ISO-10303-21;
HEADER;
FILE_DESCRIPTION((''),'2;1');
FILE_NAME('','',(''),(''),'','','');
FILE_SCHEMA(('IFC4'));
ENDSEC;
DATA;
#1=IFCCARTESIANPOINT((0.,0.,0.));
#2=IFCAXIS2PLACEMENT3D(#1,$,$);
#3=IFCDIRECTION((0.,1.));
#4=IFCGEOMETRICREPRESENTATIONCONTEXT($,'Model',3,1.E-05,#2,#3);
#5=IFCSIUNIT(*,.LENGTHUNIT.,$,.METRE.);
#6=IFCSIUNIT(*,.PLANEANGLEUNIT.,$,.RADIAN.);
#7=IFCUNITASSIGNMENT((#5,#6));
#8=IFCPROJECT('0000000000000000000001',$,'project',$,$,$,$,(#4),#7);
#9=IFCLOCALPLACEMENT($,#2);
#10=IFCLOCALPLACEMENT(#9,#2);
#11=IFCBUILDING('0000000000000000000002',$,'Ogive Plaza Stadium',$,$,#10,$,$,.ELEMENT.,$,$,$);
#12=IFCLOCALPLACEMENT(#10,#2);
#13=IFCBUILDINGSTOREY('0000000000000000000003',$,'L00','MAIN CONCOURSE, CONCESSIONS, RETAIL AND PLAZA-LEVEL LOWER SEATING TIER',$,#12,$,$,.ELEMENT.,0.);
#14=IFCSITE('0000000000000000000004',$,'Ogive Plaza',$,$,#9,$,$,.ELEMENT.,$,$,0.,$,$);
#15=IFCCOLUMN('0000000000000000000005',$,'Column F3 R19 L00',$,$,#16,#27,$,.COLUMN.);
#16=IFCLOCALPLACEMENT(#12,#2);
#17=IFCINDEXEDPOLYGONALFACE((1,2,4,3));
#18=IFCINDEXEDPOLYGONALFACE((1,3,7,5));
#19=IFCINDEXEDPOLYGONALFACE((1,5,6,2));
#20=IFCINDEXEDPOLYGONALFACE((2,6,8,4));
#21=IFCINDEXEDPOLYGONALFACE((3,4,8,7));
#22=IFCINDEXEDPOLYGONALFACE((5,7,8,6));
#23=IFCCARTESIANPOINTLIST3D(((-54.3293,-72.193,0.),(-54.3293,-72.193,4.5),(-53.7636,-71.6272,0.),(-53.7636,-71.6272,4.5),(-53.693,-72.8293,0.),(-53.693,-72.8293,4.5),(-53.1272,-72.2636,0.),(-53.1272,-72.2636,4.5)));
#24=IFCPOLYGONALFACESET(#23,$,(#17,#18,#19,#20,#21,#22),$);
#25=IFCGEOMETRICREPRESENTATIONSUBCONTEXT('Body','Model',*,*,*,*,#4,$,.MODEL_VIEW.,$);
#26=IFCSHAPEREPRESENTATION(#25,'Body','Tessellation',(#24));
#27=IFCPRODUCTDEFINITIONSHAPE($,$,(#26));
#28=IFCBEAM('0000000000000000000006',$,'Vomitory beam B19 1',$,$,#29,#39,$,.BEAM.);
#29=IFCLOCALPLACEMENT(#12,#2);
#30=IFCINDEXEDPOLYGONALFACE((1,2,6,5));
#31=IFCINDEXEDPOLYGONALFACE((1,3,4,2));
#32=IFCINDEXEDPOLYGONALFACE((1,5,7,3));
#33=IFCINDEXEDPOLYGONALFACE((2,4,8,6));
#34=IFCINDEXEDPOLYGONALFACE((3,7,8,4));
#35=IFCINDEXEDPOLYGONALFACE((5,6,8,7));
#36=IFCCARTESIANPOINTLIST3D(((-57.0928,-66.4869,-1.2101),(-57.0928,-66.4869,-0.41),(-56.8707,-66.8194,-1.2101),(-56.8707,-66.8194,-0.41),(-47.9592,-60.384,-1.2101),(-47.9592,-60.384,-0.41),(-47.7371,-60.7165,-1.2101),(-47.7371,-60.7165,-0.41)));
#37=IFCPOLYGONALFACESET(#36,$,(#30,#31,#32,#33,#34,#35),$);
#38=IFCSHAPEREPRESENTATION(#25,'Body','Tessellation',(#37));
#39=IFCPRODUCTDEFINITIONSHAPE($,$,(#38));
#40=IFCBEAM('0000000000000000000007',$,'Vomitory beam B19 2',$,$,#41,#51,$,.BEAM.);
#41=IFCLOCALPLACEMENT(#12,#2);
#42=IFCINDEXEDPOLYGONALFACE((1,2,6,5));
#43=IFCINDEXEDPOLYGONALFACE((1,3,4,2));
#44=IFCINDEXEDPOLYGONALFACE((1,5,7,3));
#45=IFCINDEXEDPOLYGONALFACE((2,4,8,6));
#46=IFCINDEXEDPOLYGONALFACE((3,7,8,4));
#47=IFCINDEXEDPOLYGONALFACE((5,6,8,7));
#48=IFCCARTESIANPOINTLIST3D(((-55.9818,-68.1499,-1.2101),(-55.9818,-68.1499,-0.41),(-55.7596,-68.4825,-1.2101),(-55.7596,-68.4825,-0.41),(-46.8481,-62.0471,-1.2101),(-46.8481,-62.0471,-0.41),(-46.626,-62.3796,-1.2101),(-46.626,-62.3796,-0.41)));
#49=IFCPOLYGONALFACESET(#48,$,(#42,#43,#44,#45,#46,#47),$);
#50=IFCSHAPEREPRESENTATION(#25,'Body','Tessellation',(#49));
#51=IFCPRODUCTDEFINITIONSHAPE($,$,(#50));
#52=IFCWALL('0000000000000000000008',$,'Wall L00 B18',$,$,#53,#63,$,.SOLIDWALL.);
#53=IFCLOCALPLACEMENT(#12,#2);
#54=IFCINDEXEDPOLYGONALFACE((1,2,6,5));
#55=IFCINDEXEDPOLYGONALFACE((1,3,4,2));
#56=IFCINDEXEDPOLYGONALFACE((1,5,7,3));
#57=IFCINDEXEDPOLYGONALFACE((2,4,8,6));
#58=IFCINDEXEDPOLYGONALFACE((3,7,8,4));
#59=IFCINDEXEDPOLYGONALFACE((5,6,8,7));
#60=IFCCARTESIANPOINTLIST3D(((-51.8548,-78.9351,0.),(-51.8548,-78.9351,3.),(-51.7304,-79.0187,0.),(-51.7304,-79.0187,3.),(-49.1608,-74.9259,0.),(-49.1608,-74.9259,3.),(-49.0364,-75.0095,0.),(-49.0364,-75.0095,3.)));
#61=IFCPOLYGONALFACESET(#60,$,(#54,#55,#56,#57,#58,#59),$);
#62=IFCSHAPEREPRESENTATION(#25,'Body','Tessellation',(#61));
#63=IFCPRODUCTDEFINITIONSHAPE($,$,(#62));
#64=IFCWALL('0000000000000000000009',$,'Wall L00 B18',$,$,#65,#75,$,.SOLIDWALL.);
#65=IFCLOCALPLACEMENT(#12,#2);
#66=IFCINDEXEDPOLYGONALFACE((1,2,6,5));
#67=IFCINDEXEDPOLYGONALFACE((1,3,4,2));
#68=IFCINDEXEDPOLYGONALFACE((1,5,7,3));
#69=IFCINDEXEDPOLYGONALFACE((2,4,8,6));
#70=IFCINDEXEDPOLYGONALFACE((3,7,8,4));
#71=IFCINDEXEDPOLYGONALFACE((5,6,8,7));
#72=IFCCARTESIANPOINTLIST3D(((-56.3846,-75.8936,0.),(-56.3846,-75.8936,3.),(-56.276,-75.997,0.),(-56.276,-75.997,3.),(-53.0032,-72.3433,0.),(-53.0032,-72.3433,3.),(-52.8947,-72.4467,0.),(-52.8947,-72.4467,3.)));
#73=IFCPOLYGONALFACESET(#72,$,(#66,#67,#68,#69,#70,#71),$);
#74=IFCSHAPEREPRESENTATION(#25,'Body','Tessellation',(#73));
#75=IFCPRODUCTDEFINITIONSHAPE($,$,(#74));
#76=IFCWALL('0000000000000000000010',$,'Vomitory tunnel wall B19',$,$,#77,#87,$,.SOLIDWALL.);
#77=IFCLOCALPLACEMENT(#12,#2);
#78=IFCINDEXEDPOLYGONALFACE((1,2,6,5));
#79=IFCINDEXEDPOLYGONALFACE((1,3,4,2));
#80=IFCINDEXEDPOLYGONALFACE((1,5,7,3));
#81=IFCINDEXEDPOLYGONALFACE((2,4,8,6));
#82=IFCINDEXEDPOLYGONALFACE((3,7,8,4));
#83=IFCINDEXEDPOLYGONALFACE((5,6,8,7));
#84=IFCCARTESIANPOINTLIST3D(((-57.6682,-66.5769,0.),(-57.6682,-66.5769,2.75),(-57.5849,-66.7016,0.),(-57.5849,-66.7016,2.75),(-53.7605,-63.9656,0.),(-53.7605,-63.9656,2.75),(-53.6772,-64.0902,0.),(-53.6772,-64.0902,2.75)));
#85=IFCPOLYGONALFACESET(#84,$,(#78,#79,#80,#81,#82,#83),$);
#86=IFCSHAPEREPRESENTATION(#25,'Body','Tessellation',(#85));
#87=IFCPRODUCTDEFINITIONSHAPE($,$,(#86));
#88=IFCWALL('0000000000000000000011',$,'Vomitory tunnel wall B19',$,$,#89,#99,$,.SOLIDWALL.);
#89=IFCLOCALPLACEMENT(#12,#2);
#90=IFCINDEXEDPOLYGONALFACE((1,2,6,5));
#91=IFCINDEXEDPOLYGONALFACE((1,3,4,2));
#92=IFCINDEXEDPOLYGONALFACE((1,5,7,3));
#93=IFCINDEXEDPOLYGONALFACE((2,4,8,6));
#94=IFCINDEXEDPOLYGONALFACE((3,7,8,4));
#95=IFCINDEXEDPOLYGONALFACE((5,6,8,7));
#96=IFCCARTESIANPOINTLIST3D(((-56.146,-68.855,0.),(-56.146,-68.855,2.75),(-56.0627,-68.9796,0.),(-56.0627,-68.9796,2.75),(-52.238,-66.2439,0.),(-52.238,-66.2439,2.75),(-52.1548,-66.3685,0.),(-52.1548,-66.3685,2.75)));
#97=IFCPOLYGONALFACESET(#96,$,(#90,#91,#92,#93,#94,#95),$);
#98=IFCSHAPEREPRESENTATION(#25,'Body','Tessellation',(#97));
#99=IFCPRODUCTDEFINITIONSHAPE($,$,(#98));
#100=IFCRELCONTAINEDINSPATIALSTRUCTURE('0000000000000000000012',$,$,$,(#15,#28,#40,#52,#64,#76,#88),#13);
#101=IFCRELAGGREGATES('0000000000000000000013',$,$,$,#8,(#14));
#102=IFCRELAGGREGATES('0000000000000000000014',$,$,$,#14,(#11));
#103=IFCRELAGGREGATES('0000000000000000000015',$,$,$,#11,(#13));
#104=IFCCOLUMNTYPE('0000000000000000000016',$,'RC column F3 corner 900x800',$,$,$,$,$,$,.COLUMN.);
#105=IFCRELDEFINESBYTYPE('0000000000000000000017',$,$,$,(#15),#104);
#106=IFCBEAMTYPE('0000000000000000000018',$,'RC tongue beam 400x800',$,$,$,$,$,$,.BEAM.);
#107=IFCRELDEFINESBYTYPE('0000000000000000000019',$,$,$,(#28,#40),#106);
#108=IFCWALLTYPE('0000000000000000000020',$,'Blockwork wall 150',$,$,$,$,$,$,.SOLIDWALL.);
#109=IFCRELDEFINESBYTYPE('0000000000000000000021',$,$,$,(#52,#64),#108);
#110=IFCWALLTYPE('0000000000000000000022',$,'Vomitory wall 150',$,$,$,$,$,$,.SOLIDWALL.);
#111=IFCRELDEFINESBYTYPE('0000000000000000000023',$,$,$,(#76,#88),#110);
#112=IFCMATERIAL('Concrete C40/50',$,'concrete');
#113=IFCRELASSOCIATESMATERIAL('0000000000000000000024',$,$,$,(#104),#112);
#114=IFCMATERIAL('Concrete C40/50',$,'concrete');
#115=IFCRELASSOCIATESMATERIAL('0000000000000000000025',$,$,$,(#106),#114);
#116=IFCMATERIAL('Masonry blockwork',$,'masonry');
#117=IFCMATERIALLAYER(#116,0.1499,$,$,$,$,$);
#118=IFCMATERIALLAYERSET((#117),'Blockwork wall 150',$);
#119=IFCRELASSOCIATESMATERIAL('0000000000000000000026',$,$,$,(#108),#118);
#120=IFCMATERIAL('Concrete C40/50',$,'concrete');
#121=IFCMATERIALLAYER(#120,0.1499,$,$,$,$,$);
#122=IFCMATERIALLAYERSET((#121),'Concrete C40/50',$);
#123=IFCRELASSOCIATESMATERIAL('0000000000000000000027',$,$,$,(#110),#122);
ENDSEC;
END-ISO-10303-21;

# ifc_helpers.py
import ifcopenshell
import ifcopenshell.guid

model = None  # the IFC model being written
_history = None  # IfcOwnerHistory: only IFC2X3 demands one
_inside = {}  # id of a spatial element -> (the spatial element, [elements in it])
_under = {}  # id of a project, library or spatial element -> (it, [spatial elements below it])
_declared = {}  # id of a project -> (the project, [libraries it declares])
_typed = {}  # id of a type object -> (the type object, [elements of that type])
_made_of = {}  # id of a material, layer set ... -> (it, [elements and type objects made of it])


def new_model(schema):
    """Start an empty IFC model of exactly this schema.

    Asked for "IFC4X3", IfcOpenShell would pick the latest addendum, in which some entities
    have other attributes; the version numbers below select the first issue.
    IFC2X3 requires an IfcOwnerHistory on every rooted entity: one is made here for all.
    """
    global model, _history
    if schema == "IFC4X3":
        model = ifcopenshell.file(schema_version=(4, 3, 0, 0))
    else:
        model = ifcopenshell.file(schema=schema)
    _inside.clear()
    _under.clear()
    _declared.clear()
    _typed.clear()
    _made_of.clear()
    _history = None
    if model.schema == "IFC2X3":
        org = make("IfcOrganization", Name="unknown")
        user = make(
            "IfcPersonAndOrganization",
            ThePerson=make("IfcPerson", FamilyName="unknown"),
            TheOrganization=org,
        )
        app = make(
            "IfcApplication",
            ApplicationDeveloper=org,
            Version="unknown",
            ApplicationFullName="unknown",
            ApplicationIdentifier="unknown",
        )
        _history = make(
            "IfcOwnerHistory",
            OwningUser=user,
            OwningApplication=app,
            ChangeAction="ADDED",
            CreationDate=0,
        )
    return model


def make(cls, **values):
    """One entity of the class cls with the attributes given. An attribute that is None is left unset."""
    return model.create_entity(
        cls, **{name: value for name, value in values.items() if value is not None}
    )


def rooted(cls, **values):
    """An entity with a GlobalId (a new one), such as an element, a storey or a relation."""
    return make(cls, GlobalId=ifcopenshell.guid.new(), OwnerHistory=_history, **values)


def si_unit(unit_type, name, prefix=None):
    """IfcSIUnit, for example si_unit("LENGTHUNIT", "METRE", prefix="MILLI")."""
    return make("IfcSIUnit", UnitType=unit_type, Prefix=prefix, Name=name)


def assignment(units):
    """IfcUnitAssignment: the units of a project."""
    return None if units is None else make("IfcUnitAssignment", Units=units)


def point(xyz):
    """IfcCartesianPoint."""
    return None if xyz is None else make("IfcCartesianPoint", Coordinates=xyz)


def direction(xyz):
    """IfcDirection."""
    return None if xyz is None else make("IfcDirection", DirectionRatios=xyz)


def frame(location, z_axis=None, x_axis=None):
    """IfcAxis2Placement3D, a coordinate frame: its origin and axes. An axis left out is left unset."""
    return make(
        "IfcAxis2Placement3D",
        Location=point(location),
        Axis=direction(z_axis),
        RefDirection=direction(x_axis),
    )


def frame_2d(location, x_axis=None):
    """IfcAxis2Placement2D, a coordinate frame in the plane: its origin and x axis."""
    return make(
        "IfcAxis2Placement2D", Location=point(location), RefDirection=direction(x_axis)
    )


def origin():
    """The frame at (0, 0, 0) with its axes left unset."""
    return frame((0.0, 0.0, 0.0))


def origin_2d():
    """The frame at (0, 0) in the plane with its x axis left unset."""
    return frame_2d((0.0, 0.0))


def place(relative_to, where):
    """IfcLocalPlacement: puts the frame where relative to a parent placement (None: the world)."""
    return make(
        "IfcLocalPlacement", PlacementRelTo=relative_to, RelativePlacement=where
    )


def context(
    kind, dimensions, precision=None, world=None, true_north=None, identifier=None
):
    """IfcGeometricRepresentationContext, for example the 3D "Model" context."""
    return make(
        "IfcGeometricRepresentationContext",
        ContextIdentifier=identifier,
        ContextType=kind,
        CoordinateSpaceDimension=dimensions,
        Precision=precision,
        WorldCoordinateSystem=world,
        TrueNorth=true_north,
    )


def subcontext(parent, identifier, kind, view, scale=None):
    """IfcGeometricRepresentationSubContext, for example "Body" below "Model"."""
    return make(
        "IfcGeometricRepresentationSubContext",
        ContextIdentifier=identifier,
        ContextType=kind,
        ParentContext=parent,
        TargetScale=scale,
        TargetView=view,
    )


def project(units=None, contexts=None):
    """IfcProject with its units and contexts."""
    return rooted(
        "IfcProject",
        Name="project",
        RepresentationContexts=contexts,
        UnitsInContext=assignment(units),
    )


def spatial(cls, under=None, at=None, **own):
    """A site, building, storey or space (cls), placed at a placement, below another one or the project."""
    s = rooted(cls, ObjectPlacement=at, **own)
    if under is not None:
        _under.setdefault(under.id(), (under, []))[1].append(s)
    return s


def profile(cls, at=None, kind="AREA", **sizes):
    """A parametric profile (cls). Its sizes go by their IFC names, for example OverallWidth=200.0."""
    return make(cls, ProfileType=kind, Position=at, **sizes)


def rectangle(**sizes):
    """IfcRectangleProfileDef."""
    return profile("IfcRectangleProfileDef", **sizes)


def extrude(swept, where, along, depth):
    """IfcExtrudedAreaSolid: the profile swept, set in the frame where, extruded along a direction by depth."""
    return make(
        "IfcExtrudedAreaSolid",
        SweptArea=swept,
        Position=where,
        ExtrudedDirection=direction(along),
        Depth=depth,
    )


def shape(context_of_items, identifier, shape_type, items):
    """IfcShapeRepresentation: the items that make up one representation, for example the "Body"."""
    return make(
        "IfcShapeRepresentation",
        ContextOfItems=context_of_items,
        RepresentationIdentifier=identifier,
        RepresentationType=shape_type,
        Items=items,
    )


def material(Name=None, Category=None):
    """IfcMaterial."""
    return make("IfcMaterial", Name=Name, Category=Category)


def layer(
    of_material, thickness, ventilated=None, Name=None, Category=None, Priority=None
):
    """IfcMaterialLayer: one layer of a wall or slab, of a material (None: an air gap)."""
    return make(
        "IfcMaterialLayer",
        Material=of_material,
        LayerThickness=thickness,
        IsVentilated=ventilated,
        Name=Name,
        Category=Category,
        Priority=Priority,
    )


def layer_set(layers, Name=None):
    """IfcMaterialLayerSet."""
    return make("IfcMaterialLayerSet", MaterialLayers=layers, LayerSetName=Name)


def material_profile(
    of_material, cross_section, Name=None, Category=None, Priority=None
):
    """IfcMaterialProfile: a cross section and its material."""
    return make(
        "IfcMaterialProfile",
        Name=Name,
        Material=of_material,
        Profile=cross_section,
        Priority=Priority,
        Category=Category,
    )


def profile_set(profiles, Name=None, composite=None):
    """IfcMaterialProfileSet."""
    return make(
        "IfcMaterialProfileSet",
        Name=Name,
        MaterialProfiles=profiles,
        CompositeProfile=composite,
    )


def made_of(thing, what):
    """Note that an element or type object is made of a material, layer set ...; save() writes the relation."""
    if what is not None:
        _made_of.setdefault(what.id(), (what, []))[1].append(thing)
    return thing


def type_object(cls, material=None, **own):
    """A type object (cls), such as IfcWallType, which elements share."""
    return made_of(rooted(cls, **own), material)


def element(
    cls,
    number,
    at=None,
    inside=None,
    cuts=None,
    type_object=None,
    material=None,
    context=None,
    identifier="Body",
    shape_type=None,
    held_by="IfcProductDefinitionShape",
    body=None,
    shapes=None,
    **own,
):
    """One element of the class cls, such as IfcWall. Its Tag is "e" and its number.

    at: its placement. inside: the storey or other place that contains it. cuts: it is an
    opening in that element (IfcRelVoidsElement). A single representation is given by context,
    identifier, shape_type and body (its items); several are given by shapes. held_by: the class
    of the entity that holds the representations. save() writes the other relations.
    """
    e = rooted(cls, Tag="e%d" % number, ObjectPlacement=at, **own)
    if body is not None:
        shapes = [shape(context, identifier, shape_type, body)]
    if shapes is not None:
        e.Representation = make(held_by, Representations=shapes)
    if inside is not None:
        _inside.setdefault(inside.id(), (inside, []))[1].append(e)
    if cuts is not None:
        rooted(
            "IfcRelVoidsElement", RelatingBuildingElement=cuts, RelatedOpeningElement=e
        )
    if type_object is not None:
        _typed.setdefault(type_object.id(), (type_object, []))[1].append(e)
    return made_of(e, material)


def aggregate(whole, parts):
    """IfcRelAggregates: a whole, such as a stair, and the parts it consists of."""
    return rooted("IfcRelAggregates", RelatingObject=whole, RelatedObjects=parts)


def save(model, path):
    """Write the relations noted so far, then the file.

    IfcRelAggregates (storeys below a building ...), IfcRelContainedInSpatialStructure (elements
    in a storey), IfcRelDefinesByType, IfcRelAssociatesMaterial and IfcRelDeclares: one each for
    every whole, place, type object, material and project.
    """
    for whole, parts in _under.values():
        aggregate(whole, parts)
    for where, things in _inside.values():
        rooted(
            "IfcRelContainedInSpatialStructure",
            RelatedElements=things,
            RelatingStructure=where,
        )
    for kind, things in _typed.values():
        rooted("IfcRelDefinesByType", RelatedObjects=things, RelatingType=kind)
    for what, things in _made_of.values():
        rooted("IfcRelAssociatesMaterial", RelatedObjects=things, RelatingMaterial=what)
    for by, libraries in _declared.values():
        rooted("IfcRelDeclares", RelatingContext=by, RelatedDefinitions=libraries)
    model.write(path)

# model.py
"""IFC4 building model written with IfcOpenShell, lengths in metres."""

from ifc_helpers import new_model, si_unit, direction, frame, frame_2d, origin, origin_2d, place, context, subcontext, project, spatial, rectangle, extrude, material, layer, layer_set, material_profile, profile_set, type_object, element, save


model = new_model("IFC4")

# Units and contexts
model_context = context("Model", 3, precision=1e-05, world=origin(), true_north=direction((0.0, 1.0)))
body_context = subcontext(model_context, "Body", "Model", "MODEL_VIEW")
ifc_project = project(units=[si_unit("LENGTHUNIT", "METRE"), si_unit("PLANEANGLEUNIT", "RADIAN")], contexts=[model_context])

# Site, building, storey
site_placement = place(None, origin())
site = spatial("IfcSite", under=ifc_project, at=site_placement, Name="Ogive Plaza", CompositionType="ELEMENT", RefElevation=0.0)
building_placement = place(site_placement, origin())
building = spatial("IfcBuilding", under=site, at=building_placement, Name="Ogive Plaza Stadium", CompositionType="ELEMENT")
storey_placement = place(building_placement, origin())
storey = spatial("IfcBuildingStorey", under=building, at=storey_placement, Name="L00", Description="MAIN CONCOURSE, CONCESSIONS, RETAIL AND PLAZA-LEVEL LOWER SEATING TIER", CompositionType="ELEMENT", Elevation=0.0)

# Column
ifc_material_1 = material(Name="Concrete C40/50", Category="concrete")
ifc_material_profile_1 = material_profile(ifc_material_1, rectangle(XDim=0.8999, YDim=0.8, at=origin_2d()), Name="RC 900x800")
ifc_profile_set_1 = profile_set([ifc_material_profile_1], Name="Concrete C40/50")
column_type = type_object("IfcColumnType", Name="RC column F3 corner 900x800", PredefinedType="COLUMN", material=ifc_profile_set_1)
column_placement = place(storey_placement, frame((-53.7283, -72.2283, 0.0), z_axis=(0.0, 0.0, 1.0), x_axis=(0.707107, -0.707107, 0.0)))
element("IfcColumn", 1, at=column_placement, inside=storey, type_object=column_type, Name="Column F3 R19 L00", PredefinedType="COLUMN", context=body_context, shape_type="SweptSolid", body=[
    extrude(rectangle(XDim=0.8999, YDim=0.8, at=origin_2d()), origin(), (0.0, 0.0, 1.0), 4.5),
])

# Beams
ifc_material_2 = material(Name="Concrete C40/50", Category="concrete")
ifc_material_profile_2 = material_profile(ifc_material_2, rectangle(XDim=0.3999, YDim=0.8, at=origin_2d()), Name="RC 400x800")
ifc_profile_set_2 = profile_set([ifc_material_profile_2], Name="Concrete C40/50")
beam_type = type_object("IfcBeamType", Name="RC tongue beam 400x800", PredefinedType="BEAM", material=ifc_profile_set_2)
for number, where, z_axis, x_axis, name in (
    (2, (-47.8481, -60.5503, -0.8101), (-0.831472, -0.555567, 0.0), (0.555567, -0.831472, 0.0), "Vomitory beam B19 1"),
    (3, (-46.7371, -62.2134, -0.8101), (-0.831472, -0.555567, 0.0), (0.555567, -0.831472, 0.0), "Vomitory beam B19 2"),
):
    element("IfcBeam", number, at=place(storey_placement, frame(where, z_axis=z_axis, x_axis=x_axis)), inside=storey, type_object=beam_type, Name=name, PredefinedType="BEAM", context=body_context, shape_type="SweptSolid", body=[
        extrude(rectangle(XDim=0.3999, YDim=0.8, at=origin_2d()), origin(), (0.0, 0.0, 1.0), 10.9849),
    ])

# Walls
ifc_material_3 = material(Name="Masonry blockwork", Category="masonry")
ifc_layer_1 = layer(ifc_material_3, 0.1499)
ifc_layer_set_1 = layer_set([ifc_layer_1], Name="Blockwork wall 150")
wall_type_1 = type_object("IfcWallType", Name="Blockwork wall 150", PredefinedType="SOLIDWALL", material=ifc_layer_set_1)
wall_1_placement = place(storey_placement, frame((-49.0986, -74.9678, 0.0), z_axis=(0.0, 0.0, 1.0), x_axis=(-0.557741, -0.830015, 0.0)))
element("IfcWall", 4, at=wall_1_placement, inside=storey, type_object=wall_type_1, Name="Wall L00 B18", PredefinedType="SOLIDWALL", context=body_context, shape_type="SweptSolid", body=[
    extrude(rectangle(XDim=4.8303, YDim=0.1499, at=frame_2d((2.415, 0.0))), origin(), (0.0, 0.0, 1.0), 3.0),
])
wall_2_placement = place(storey_placement, frame((-52.949, -72.395, 0.0), z_axis=(0.0, 0.0, 1.0), x_axis=(-0.689668, -0.724126, 0.0)))
element("IfcWall", 5, at=wall_2_placement, inside=storey, type_object=wall_type_1, Name="Wall L00 B18", PredefinedType="SOLIDWALL", context=body_context, shape_type="SweptSolid", body=[
    extrude(rectangle(XDim=4.9028, YDim=0.1499, at=frame_2d((2.4514, 0.0))), origin(), (0.0, 0.0, 1.0), 3.0),
])

# Walls
ifc_material_4 = material(Name="Concrete C40/50", Category="concrete")
ifc_layer_2 = layer(ifc_material_4, 0.1499)
ifc_layer_set_2 = layer_set([ifc_layer_2], Name="Concrete C40/50")
wall_type_2 = type_object("IfcWallType", Name="Vomitory wall 150", PredefinedType="SOLIDWALL", material=ifc_layer_set_2)
for number, where, z_axis, x_axis, name in (
    (6, (-53.7188, -64.0278, 0.0), (0.0, 0.0, 1.0), (-0.831442, -0.555611, 0.0), "Vomitory tunnel wall B19"),
    (7, (-52.1963, -66.3062, 0.0), (0.0, 0.0, 1.0), (-0.831482, -0.555551, 0.0), "Vomitory tunnel wall B19"),
):
    element("IfcWall", number, at=place(storey_placement, frame(where, z_axis=z_axis, x_axis=x_axis)), inside=storey, type_object=wall_type_2, Name=name, PredefinedType="SOLIDWALL", context=body_context, shape_type="SweptSolid", body=[
        extrude(rectangle(XDim=4.7, YDim=0.1499, at=frame_2d((2.3501, 0.0))), origin(), (0.0, 0.0, 1.0), 2.75),
    ])

save(model, "model.ifc")
